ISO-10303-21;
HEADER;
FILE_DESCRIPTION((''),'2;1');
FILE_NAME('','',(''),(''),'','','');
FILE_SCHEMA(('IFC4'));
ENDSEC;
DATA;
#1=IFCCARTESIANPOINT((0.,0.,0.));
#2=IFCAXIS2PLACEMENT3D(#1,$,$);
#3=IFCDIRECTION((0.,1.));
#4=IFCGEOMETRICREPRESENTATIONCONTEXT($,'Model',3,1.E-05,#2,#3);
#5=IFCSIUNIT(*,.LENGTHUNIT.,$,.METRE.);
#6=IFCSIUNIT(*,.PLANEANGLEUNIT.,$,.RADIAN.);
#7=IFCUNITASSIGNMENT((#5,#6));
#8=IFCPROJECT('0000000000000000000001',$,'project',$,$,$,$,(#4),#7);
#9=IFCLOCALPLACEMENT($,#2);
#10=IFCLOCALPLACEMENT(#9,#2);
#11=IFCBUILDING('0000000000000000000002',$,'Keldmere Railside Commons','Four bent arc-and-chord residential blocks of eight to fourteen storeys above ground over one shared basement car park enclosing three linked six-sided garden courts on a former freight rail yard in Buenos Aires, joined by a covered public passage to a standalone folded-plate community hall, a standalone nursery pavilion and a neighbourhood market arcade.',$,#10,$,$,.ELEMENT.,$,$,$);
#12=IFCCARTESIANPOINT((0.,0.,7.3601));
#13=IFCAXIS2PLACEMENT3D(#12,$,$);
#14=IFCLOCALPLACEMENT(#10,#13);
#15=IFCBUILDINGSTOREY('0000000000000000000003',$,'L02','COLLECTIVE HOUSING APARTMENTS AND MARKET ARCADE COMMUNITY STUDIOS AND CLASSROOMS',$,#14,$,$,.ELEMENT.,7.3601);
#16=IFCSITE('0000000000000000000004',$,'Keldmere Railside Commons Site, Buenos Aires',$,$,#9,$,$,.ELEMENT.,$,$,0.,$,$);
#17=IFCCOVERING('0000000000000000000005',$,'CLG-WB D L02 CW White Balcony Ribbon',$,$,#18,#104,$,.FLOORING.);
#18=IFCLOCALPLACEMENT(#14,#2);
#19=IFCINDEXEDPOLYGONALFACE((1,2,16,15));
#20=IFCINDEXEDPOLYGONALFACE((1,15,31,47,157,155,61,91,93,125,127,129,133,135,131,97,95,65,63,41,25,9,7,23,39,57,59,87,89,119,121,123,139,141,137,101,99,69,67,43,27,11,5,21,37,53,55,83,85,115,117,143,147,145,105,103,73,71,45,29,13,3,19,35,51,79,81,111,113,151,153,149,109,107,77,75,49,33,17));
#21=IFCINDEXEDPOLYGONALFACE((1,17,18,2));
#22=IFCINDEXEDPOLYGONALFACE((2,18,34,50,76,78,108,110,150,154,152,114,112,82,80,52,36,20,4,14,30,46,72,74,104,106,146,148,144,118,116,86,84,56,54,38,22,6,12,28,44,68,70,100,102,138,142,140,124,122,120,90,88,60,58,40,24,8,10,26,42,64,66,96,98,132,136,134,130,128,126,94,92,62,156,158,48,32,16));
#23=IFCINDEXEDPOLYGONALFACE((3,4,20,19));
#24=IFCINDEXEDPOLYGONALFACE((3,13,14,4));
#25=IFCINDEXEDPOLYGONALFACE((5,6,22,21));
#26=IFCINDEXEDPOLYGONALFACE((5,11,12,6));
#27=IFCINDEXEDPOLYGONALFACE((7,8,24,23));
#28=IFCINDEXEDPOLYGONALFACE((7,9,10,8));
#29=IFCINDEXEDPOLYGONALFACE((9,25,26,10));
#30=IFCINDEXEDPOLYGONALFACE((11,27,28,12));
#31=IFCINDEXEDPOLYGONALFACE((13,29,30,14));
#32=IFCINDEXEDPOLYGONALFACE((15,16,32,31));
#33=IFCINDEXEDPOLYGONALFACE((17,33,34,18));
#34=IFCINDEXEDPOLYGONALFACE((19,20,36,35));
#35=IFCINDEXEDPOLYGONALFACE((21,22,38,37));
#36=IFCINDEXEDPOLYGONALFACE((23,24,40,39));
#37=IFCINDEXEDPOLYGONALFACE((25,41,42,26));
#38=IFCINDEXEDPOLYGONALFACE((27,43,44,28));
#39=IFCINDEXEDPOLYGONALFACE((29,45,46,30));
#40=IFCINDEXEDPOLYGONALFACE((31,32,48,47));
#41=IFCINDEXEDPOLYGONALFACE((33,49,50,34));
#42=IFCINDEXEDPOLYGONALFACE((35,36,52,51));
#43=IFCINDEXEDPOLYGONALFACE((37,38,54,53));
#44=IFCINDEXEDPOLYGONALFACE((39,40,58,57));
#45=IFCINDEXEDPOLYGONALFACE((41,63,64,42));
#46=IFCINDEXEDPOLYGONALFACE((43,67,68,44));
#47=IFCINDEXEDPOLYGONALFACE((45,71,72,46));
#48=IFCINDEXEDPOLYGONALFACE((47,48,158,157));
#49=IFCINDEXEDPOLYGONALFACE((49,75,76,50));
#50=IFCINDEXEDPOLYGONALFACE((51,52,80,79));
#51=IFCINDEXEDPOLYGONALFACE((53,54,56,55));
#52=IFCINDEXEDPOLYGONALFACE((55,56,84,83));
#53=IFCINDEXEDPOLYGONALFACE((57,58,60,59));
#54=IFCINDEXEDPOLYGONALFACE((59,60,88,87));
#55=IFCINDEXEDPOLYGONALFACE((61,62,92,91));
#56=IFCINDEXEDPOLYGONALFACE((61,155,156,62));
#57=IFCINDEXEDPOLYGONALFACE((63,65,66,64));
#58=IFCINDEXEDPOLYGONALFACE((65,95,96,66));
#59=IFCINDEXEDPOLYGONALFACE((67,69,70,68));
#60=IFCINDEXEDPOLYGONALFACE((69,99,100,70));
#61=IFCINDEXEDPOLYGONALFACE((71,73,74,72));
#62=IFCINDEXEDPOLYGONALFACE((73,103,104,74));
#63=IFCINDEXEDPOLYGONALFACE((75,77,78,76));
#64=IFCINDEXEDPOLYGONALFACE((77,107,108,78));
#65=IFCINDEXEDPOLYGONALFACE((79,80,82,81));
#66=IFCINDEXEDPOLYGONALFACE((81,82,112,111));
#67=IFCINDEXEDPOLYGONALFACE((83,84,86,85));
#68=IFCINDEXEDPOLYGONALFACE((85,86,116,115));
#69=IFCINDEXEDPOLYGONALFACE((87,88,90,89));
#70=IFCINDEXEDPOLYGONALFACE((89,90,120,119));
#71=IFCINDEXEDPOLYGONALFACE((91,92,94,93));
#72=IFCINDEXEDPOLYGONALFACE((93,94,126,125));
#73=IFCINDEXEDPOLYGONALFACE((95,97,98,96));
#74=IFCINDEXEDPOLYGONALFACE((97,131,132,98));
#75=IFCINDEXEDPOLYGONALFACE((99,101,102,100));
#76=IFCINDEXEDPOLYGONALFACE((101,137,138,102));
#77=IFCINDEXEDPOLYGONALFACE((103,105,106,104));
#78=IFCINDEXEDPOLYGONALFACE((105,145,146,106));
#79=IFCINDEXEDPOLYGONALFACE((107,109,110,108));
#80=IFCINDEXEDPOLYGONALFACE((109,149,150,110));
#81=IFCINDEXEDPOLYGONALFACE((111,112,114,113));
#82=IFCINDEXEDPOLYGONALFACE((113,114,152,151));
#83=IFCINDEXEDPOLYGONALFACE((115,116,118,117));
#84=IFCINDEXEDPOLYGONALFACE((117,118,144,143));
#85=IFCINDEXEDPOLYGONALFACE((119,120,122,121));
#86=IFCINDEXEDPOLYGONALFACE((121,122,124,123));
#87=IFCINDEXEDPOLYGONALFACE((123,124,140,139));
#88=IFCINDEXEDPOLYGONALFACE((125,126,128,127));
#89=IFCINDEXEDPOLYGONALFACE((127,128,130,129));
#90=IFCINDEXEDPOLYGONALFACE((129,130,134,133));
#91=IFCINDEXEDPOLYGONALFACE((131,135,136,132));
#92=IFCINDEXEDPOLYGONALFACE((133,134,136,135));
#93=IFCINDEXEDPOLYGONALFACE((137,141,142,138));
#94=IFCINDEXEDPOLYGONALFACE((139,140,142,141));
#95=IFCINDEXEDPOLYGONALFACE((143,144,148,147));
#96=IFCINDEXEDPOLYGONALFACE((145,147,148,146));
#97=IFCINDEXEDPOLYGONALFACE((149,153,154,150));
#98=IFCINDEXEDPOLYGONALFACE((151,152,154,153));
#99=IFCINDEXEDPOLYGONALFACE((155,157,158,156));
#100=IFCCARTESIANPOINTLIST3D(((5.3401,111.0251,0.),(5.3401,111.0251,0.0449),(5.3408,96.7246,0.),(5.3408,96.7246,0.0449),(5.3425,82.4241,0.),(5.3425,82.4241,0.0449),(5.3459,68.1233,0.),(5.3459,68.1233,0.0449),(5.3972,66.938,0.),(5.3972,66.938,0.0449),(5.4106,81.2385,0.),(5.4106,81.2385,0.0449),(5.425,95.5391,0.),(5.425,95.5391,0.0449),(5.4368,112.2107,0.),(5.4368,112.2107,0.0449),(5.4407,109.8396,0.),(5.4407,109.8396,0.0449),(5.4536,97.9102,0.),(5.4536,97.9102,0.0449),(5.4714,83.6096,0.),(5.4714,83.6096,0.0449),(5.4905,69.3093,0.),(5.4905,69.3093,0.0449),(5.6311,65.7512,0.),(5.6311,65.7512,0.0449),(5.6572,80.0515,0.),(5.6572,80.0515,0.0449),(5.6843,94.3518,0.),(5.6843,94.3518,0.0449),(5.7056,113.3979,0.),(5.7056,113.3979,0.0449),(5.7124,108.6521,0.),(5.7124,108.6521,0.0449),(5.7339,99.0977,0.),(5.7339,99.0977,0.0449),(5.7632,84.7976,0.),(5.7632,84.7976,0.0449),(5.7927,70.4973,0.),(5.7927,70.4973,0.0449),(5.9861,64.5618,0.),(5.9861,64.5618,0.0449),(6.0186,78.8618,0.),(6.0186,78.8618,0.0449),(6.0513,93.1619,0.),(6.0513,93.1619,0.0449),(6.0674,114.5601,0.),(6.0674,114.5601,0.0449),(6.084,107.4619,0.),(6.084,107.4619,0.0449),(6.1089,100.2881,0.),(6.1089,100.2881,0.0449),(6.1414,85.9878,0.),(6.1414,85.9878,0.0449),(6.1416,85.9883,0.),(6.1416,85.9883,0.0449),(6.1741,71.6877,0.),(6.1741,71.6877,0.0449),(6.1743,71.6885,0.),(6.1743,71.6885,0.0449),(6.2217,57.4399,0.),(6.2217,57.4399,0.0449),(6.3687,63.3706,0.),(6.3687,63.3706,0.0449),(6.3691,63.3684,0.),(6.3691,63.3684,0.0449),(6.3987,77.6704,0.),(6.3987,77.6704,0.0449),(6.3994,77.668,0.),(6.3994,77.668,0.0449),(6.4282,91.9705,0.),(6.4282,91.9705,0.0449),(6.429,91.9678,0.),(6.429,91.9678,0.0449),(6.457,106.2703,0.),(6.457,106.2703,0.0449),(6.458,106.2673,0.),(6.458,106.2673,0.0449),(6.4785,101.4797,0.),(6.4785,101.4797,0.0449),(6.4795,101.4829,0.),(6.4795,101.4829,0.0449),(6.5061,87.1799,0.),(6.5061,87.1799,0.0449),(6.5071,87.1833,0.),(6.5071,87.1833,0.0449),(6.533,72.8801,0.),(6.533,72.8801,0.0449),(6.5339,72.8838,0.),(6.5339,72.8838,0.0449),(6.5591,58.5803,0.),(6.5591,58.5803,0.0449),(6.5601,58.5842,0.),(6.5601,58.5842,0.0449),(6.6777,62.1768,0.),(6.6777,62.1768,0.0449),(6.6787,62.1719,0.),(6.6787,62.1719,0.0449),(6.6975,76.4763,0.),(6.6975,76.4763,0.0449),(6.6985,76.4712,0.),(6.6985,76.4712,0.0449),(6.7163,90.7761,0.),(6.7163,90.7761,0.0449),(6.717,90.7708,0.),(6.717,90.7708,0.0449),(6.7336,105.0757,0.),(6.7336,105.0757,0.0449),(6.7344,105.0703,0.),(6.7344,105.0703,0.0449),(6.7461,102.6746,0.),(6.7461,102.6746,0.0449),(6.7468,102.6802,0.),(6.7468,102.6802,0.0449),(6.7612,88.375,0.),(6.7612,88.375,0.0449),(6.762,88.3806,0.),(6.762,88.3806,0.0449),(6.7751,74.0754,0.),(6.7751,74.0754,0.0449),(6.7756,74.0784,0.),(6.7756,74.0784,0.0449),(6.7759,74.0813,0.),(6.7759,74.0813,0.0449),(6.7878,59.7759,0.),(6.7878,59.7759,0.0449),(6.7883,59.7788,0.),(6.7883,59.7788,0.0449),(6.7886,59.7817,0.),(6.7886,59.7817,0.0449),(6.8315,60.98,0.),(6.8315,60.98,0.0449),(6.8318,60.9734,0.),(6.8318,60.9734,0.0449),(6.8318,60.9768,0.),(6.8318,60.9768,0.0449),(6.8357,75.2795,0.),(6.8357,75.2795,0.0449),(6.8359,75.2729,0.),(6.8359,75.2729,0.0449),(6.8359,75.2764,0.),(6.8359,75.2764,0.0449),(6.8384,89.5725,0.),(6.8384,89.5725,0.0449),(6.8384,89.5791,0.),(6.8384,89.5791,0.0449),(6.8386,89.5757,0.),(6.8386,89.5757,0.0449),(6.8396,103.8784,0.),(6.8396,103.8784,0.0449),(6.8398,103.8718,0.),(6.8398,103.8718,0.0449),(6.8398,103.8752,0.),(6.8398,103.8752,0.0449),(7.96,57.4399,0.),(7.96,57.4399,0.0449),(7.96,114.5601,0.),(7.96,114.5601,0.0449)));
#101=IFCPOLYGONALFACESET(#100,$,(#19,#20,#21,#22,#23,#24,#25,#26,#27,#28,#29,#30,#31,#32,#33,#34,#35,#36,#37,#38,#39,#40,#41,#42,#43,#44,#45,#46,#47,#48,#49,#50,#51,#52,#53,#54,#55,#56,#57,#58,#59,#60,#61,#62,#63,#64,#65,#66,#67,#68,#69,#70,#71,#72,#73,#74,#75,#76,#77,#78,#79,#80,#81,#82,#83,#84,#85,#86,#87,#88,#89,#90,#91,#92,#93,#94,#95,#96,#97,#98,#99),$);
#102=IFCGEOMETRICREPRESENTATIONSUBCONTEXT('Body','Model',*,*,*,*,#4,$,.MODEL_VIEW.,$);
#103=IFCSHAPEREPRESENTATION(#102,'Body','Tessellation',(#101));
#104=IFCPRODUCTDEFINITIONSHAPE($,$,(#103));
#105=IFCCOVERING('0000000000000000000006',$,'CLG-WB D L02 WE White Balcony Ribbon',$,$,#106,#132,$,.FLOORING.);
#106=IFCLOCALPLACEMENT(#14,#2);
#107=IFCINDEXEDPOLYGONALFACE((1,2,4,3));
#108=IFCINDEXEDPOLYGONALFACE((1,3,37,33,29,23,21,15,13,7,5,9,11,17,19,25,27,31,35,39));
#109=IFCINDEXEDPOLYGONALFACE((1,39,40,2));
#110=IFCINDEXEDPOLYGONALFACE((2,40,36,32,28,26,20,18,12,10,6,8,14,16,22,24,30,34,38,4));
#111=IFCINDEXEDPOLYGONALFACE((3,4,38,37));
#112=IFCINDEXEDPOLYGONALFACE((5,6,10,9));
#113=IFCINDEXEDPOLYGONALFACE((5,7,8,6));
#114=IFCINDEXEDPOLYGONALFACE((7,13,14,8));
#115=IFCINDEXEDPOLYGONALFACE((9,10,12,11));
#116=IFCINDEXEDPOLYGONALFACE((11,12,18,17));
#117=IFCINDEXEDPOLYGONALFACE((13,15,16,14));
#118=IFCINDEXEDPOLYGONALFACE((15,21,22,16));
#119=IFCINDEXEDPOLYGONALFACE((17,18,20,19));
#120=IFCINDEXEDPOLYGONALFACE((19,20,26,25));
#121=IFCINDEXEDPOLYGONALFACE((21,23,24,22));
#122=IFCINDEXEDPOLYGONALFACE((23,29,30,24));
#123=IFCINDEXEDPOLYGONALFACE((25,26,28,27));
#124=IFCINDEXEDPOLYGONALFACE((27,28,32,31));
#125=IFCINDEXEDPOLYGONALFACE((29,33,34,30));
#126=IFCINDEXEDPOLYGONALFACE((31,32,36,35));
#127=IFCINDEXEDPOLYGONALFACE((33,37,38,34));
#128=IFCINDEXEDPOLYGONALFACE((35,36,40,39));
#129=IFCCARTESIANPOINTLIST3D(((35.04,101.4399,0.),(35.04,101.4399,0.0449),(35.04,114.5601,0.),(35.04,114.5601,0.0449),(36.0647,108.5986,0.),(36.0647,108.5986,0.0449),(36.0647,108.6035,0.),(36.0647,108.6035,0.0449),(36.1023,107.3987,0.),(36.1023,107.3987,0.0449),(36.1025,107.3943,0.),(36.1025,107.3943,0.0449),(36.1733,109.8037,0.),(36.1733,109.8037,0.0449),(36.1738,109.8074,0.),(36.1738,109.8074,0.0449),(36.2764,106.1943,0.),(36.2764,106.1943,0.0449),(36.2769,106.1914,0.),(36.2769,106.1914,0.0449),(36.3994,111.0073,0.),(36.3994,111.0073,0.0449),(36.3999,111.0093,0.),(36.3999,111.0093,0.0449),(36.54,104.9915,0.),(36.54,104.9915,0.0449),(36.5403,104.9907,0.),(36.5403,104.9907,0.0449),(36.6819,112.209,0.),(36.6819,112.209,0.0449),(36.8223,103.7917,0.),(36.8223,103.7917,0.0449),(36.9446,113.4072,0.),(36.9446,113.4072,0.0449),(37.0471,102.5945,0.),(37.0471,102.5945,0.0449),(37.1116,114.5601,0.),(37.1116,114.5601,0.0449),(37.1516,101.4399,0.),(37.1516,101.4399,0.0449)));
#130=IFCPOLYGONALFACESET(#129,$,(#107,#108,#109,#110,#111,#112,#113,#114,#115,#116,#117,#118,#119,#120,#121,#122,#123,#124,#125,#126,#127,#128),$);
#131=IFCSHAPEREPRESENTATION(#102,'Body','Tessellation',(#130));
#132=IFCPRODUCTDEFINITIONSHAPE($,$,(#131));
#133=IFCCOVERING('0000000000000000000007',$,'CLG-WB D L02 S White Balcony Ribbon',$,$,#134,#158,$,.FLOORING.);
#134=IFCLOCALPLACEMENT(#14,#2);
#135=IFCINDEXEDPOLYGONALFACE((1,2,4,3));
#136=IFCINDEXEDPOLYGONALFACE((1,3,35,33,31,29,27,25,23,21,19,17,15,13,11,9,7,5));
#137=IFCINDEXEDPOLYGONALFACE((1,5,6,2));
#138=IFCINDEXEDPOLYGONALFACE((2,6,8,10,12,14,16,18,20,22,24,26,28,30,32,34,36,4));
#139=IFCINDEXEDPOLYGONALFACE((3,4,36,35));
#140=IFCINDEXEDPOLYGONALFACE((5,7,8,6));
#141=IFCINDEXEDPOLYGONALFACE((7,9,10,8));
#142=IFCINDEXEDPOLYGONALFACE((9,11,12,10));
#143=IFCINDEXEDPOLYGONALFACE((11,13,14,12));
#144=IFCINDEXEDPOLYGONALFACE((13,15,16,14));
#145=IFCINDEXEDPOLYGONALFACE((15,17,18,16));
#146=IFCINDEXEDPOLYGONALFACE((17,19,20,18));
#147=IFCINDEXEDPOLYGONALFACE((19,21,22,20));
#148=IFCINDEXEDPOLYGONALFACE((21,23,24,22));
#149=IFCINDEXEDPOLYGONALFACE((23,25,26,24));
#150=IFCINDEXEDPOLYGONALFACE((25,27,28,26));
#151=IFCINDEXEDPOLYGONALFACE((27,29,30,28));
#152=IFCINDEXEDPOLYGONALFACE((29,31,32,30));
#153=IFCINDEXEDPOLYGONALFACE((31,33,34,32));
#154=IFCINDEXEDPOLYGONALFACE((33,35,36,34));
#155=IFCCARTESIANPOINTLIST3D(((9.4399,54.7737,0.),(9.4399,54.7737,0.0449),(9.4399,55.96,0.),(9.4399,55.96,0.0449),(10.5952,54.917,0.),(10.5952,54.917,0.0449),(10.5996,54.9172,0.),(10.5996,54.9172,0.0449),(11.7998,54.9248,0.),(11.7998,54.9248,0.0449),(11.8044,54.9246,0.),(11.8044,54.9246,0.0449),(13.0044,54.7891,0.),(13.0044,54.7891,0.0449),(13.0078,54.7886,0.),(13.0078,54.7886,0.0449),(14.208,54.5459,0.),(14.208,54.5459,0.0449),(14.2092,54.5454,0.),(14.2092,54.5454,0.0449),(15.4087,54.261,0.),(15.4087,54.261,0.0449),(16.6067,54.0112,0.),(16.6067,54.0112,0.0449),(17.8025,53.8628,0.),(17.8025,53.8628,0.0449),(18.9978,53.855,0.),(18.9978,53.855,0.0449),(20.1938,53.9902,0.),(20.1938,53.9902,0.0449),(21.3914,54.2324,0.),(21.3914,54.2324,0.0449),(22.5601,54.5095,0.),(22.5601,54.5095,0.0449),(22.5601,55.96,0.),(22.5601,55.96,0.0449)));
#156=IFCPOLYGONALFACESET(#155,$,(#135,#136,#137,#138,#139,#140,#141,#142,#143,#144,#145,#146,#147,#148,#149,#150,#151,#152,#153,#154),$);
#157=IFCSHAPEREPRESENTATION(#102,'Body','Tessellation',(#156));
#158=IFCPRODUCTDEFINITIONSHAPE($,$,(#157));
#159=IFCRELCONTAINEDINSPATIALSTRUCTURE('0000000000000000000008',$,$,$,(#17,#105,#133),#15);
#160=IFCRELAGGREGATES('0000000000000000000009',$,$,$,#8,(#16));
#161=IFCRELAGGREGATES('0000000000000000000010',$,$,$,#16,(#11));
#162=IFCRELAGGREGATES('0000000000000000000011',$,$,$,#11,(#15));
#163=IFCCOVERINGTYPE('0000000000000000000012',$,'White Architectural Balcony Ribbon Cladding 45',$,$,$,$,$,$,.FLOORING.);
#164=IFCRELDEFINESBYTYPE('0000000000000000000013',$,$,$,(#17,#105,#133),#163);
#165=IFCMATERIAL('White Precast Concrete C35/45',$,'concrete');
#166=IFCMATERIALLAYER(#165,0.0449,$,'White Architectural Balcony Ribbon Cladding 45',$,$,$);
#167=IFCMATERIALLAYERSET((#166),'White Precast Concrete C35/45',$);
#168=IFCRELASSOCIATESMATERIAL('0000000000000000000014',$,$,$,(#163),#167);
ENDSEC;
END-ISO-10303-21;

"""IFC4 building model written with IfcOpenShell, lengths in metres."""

from ifc_helpers import new_model, si_unit, direction, frame, origin, place, context, subcontext, project, spatial, polyline, outline, extrude, material, layer, layer_set, type_object, element, save


model = new_model("IFC4")

# Units and contexts
model_context = context("Model", 3, precision=1e-05, world=origin(), true_north=direction((0.0, 1.0)))
body_context = subcontext(model_context, "Body", "Model", "MODEL_VIEW")
ifc_project = project(units=[si_unit("LENGTHUNIT", "METRE"), si_unit("PLANEANGLEUNIT", "RADIAN")], contexts=[model_context])

# Site, building, storey
site_placement = place(None, origin())
site = spatial("IfcSite", under=ifc_project, at=site_placement, Name="Keldmere Railside Commons Site, Buenos Aires", CompositionType="ELEMENT", RefElevation=0.0)
building_placement = place(site_placement, origin())
building = spatial("IfcBuilding", under=site, at=building_placement, Name="Keldmere Railside Commons", Description="Four bent arc-and-chord residential blocks of eight to fourteen storeys above ground over one shared basement car park enclosing three linked six-sided garden courts on a former freight rail yard in Buenos Aires, joined by a covered public passage to a standalone folded-plate community hall, a standalone nursery pavilion and a neighbourhood market arcade.", CompositionType="ELEMENT")
storey_placement = place(building_placement, frame((0.0, 0.0, 7.3601)))
storey = spatial("IfcBuildingStorey", under=building, at=storey_placement, Name="L02", Description="COLLECTIVE HOUSING APARTMENTS AND MARKET ARCADE COMMUNITY STUDIOS AND CLASSROOMS", CompositionType="ELEMENT", Elevation=7.3601)

# Coverings
ifc_material_1 = material(Name="White Precast Concrete C35/45", Category="concrete")
ifc_layer_1 = layer(ifc_material_1, 0.0449, Name="White Architectural Balcony Ribbon Cladding 45")
ifc_layer_set_1 = layer_set([ifc_layer_1], Name="White Precast Concrete C35/45")
covering_type = type_object("IfcCoveringType", Name="White Architectural Balcony Ribbon Cladding 45", PredefinedType="FLOORING", material=ifc_layer_set_1)
covering_1_placement = place(storey_placement, origin())
element("IfcCovering", 1, at=covering_1_placement, inside=storey, type_object=covering_type, Name="CLG-WB D L02 CW White Balcony Ribbon", PredefinedType="FLOORING", context=body_context, shape_type="SweptSolid", body=[
    extrude(outline(polyline([(7.96, 114.5601), (6.0674, 114.5601), (5.7056, 113.3979), (5.4368, 112.2107), (5.3401, 111.0251), (5.4407, 109.8396), (5.7124, 108.6521), (6.084, 107.4619), (6.457, 106.2703), (6.458, 106.2673), (6.7336, 105.0757), (6.7344, 105.0703), (6.8396, 103.8784), (6.8398, 103.8752), (6.8398, 103.8718), (6.7468, 102.6802), (6.7461, 102.6746), (6.4795, 101.4829), (6.4785, 101.4797), (6.1089, 100.2881), (6.1089, 100.2881), (5.7339, 99.0977), (5.4536, 97.9102), (5.3408, 96.7246), (5.425, 95.5391), (5.6843, 94.3518), (6.0513, 93.1619), (6.4282, 91.9705), (6.429, 91.9678), (6.7163, 90.7761), (6.717, 90.7708), (6.8384, 89.5791), (6.8386, 89.5757), (6.8384, 89.5725), (6.762, 88.3806), (6.7612, 88.375), (6.5071, 87.1833), (6.5061, 87.1799), (6.1416, 85.9883), (6.1414, 85.9878), (5.7632, 84.7976), (5.4714, 83.6096), (5.3425, 82.4241), (5.4106, 81.2385), (5.6572, 80.0515), (6.0186, 78.8618), (6.3987, 77.6704), (6.3994, 77.668), (6.6975, 76.4763), (6.6985, 76.4712), (6.8357, 75.2795), (6.8359, 75.2764), (6.8359, 75.2729), (6.7759, 74.0813), (6.7756, 74.0784), (6.7751, 74.0754), (6.5339, 72.8838), (6.533, 72.8801), (6.1743, 71.6885), (6.1741, 71.6877), (5.7927, 70.4973), (5.4905, 69.3093), (5.3459, 68.1233), (5.3972, 66.938), (5.6311, 65.7512), (5.9861, 64.5618), (6.3687, 63.3706), (6.3691, 63.3684), (6.6777, 62.1768), (6.6787, 62.1719), (6.8315, 60.98), (6.8318, 60.9768), (6.8318, 60.9734), (6.7886, 59.7817), (6.7883, 59.7788), (6.7878, 59.7759), (6.5601, 58.5842), (6.5591, 58.5803), (6.2217, 57.4399), (7.96, 57.4399), (7.96, 114.5601)])), origin(), (0.0, 0.0, 1.0), 0.0449),
])
covering_2_placement = place(storey_placement, origin())
element("IfcCovering", 2, at=covering_2_placement, inside=storey, type_object=covering_type, Name="CLG-WB D L02 WE White Balcony Ribbon", PredefinedType="FLOORING", context=body_context, shape_type="SweptSolid", body=[
    extrude(outline(polyline([(37.0471, 102.5945), (36.8223, 103.7917), (36.5403, 104.9907), (36.54, 104.9915), (36.2769, 106.1914), (36.2764, 106.1943), (36.1025, 107.3943), (36.1023, 107.3987), (36.0647, 108.5986), (36.0647, 108.6035), (36.1733, 109.8037), (36.1738, 109.8074), (36.3994, 111.0073), (36.3999, 111.0093), (36.6819, 112.209), (36.9446, 113.4072), (37.1116, 114.5601), (35.04, 114.5601), (35.04, 101.4399), (37.1516, 101.4399), (37.0471, 102.5945)])), origin(), (0.0, 0.0, 1.0), 0.0449),
])
covering_3_placement = place(storey_placement, origin())
element("IfcCovering", 3, at=covering_3_placement, inside=storey, type_object=covering_type, Name="CLG-WB D L02 S White Balcony Ribbon", PredefinedType="FLOORING", context=body_context, shape_type="SweptSolid", body=[
    extrude(outline(polyline([(10.5952, 54.917), (10.5996, 54.9172), (11.7998, 54.9248), (11.8044, 54.9246), (13.0044, 54.7891), (13.0078, 54.7886), (14.208, 54.5459), (14.2092, 54.5454), (15.4087, 54.261), (16.6067, 54.0112), (17.8025, 53.8628), (18.9978, 53.855), (20.1938, 53.9902), (21.3914, 54.2324), (22.5601, 54.5095), (22.5601, 55.96), (9.4399, 55.96), (9.4399, 54.7737), (10.5952, 54.917)])), origin(), (0.0, 0.0, 1.0), 0.0449),
])

save(model, "model.ifc")
